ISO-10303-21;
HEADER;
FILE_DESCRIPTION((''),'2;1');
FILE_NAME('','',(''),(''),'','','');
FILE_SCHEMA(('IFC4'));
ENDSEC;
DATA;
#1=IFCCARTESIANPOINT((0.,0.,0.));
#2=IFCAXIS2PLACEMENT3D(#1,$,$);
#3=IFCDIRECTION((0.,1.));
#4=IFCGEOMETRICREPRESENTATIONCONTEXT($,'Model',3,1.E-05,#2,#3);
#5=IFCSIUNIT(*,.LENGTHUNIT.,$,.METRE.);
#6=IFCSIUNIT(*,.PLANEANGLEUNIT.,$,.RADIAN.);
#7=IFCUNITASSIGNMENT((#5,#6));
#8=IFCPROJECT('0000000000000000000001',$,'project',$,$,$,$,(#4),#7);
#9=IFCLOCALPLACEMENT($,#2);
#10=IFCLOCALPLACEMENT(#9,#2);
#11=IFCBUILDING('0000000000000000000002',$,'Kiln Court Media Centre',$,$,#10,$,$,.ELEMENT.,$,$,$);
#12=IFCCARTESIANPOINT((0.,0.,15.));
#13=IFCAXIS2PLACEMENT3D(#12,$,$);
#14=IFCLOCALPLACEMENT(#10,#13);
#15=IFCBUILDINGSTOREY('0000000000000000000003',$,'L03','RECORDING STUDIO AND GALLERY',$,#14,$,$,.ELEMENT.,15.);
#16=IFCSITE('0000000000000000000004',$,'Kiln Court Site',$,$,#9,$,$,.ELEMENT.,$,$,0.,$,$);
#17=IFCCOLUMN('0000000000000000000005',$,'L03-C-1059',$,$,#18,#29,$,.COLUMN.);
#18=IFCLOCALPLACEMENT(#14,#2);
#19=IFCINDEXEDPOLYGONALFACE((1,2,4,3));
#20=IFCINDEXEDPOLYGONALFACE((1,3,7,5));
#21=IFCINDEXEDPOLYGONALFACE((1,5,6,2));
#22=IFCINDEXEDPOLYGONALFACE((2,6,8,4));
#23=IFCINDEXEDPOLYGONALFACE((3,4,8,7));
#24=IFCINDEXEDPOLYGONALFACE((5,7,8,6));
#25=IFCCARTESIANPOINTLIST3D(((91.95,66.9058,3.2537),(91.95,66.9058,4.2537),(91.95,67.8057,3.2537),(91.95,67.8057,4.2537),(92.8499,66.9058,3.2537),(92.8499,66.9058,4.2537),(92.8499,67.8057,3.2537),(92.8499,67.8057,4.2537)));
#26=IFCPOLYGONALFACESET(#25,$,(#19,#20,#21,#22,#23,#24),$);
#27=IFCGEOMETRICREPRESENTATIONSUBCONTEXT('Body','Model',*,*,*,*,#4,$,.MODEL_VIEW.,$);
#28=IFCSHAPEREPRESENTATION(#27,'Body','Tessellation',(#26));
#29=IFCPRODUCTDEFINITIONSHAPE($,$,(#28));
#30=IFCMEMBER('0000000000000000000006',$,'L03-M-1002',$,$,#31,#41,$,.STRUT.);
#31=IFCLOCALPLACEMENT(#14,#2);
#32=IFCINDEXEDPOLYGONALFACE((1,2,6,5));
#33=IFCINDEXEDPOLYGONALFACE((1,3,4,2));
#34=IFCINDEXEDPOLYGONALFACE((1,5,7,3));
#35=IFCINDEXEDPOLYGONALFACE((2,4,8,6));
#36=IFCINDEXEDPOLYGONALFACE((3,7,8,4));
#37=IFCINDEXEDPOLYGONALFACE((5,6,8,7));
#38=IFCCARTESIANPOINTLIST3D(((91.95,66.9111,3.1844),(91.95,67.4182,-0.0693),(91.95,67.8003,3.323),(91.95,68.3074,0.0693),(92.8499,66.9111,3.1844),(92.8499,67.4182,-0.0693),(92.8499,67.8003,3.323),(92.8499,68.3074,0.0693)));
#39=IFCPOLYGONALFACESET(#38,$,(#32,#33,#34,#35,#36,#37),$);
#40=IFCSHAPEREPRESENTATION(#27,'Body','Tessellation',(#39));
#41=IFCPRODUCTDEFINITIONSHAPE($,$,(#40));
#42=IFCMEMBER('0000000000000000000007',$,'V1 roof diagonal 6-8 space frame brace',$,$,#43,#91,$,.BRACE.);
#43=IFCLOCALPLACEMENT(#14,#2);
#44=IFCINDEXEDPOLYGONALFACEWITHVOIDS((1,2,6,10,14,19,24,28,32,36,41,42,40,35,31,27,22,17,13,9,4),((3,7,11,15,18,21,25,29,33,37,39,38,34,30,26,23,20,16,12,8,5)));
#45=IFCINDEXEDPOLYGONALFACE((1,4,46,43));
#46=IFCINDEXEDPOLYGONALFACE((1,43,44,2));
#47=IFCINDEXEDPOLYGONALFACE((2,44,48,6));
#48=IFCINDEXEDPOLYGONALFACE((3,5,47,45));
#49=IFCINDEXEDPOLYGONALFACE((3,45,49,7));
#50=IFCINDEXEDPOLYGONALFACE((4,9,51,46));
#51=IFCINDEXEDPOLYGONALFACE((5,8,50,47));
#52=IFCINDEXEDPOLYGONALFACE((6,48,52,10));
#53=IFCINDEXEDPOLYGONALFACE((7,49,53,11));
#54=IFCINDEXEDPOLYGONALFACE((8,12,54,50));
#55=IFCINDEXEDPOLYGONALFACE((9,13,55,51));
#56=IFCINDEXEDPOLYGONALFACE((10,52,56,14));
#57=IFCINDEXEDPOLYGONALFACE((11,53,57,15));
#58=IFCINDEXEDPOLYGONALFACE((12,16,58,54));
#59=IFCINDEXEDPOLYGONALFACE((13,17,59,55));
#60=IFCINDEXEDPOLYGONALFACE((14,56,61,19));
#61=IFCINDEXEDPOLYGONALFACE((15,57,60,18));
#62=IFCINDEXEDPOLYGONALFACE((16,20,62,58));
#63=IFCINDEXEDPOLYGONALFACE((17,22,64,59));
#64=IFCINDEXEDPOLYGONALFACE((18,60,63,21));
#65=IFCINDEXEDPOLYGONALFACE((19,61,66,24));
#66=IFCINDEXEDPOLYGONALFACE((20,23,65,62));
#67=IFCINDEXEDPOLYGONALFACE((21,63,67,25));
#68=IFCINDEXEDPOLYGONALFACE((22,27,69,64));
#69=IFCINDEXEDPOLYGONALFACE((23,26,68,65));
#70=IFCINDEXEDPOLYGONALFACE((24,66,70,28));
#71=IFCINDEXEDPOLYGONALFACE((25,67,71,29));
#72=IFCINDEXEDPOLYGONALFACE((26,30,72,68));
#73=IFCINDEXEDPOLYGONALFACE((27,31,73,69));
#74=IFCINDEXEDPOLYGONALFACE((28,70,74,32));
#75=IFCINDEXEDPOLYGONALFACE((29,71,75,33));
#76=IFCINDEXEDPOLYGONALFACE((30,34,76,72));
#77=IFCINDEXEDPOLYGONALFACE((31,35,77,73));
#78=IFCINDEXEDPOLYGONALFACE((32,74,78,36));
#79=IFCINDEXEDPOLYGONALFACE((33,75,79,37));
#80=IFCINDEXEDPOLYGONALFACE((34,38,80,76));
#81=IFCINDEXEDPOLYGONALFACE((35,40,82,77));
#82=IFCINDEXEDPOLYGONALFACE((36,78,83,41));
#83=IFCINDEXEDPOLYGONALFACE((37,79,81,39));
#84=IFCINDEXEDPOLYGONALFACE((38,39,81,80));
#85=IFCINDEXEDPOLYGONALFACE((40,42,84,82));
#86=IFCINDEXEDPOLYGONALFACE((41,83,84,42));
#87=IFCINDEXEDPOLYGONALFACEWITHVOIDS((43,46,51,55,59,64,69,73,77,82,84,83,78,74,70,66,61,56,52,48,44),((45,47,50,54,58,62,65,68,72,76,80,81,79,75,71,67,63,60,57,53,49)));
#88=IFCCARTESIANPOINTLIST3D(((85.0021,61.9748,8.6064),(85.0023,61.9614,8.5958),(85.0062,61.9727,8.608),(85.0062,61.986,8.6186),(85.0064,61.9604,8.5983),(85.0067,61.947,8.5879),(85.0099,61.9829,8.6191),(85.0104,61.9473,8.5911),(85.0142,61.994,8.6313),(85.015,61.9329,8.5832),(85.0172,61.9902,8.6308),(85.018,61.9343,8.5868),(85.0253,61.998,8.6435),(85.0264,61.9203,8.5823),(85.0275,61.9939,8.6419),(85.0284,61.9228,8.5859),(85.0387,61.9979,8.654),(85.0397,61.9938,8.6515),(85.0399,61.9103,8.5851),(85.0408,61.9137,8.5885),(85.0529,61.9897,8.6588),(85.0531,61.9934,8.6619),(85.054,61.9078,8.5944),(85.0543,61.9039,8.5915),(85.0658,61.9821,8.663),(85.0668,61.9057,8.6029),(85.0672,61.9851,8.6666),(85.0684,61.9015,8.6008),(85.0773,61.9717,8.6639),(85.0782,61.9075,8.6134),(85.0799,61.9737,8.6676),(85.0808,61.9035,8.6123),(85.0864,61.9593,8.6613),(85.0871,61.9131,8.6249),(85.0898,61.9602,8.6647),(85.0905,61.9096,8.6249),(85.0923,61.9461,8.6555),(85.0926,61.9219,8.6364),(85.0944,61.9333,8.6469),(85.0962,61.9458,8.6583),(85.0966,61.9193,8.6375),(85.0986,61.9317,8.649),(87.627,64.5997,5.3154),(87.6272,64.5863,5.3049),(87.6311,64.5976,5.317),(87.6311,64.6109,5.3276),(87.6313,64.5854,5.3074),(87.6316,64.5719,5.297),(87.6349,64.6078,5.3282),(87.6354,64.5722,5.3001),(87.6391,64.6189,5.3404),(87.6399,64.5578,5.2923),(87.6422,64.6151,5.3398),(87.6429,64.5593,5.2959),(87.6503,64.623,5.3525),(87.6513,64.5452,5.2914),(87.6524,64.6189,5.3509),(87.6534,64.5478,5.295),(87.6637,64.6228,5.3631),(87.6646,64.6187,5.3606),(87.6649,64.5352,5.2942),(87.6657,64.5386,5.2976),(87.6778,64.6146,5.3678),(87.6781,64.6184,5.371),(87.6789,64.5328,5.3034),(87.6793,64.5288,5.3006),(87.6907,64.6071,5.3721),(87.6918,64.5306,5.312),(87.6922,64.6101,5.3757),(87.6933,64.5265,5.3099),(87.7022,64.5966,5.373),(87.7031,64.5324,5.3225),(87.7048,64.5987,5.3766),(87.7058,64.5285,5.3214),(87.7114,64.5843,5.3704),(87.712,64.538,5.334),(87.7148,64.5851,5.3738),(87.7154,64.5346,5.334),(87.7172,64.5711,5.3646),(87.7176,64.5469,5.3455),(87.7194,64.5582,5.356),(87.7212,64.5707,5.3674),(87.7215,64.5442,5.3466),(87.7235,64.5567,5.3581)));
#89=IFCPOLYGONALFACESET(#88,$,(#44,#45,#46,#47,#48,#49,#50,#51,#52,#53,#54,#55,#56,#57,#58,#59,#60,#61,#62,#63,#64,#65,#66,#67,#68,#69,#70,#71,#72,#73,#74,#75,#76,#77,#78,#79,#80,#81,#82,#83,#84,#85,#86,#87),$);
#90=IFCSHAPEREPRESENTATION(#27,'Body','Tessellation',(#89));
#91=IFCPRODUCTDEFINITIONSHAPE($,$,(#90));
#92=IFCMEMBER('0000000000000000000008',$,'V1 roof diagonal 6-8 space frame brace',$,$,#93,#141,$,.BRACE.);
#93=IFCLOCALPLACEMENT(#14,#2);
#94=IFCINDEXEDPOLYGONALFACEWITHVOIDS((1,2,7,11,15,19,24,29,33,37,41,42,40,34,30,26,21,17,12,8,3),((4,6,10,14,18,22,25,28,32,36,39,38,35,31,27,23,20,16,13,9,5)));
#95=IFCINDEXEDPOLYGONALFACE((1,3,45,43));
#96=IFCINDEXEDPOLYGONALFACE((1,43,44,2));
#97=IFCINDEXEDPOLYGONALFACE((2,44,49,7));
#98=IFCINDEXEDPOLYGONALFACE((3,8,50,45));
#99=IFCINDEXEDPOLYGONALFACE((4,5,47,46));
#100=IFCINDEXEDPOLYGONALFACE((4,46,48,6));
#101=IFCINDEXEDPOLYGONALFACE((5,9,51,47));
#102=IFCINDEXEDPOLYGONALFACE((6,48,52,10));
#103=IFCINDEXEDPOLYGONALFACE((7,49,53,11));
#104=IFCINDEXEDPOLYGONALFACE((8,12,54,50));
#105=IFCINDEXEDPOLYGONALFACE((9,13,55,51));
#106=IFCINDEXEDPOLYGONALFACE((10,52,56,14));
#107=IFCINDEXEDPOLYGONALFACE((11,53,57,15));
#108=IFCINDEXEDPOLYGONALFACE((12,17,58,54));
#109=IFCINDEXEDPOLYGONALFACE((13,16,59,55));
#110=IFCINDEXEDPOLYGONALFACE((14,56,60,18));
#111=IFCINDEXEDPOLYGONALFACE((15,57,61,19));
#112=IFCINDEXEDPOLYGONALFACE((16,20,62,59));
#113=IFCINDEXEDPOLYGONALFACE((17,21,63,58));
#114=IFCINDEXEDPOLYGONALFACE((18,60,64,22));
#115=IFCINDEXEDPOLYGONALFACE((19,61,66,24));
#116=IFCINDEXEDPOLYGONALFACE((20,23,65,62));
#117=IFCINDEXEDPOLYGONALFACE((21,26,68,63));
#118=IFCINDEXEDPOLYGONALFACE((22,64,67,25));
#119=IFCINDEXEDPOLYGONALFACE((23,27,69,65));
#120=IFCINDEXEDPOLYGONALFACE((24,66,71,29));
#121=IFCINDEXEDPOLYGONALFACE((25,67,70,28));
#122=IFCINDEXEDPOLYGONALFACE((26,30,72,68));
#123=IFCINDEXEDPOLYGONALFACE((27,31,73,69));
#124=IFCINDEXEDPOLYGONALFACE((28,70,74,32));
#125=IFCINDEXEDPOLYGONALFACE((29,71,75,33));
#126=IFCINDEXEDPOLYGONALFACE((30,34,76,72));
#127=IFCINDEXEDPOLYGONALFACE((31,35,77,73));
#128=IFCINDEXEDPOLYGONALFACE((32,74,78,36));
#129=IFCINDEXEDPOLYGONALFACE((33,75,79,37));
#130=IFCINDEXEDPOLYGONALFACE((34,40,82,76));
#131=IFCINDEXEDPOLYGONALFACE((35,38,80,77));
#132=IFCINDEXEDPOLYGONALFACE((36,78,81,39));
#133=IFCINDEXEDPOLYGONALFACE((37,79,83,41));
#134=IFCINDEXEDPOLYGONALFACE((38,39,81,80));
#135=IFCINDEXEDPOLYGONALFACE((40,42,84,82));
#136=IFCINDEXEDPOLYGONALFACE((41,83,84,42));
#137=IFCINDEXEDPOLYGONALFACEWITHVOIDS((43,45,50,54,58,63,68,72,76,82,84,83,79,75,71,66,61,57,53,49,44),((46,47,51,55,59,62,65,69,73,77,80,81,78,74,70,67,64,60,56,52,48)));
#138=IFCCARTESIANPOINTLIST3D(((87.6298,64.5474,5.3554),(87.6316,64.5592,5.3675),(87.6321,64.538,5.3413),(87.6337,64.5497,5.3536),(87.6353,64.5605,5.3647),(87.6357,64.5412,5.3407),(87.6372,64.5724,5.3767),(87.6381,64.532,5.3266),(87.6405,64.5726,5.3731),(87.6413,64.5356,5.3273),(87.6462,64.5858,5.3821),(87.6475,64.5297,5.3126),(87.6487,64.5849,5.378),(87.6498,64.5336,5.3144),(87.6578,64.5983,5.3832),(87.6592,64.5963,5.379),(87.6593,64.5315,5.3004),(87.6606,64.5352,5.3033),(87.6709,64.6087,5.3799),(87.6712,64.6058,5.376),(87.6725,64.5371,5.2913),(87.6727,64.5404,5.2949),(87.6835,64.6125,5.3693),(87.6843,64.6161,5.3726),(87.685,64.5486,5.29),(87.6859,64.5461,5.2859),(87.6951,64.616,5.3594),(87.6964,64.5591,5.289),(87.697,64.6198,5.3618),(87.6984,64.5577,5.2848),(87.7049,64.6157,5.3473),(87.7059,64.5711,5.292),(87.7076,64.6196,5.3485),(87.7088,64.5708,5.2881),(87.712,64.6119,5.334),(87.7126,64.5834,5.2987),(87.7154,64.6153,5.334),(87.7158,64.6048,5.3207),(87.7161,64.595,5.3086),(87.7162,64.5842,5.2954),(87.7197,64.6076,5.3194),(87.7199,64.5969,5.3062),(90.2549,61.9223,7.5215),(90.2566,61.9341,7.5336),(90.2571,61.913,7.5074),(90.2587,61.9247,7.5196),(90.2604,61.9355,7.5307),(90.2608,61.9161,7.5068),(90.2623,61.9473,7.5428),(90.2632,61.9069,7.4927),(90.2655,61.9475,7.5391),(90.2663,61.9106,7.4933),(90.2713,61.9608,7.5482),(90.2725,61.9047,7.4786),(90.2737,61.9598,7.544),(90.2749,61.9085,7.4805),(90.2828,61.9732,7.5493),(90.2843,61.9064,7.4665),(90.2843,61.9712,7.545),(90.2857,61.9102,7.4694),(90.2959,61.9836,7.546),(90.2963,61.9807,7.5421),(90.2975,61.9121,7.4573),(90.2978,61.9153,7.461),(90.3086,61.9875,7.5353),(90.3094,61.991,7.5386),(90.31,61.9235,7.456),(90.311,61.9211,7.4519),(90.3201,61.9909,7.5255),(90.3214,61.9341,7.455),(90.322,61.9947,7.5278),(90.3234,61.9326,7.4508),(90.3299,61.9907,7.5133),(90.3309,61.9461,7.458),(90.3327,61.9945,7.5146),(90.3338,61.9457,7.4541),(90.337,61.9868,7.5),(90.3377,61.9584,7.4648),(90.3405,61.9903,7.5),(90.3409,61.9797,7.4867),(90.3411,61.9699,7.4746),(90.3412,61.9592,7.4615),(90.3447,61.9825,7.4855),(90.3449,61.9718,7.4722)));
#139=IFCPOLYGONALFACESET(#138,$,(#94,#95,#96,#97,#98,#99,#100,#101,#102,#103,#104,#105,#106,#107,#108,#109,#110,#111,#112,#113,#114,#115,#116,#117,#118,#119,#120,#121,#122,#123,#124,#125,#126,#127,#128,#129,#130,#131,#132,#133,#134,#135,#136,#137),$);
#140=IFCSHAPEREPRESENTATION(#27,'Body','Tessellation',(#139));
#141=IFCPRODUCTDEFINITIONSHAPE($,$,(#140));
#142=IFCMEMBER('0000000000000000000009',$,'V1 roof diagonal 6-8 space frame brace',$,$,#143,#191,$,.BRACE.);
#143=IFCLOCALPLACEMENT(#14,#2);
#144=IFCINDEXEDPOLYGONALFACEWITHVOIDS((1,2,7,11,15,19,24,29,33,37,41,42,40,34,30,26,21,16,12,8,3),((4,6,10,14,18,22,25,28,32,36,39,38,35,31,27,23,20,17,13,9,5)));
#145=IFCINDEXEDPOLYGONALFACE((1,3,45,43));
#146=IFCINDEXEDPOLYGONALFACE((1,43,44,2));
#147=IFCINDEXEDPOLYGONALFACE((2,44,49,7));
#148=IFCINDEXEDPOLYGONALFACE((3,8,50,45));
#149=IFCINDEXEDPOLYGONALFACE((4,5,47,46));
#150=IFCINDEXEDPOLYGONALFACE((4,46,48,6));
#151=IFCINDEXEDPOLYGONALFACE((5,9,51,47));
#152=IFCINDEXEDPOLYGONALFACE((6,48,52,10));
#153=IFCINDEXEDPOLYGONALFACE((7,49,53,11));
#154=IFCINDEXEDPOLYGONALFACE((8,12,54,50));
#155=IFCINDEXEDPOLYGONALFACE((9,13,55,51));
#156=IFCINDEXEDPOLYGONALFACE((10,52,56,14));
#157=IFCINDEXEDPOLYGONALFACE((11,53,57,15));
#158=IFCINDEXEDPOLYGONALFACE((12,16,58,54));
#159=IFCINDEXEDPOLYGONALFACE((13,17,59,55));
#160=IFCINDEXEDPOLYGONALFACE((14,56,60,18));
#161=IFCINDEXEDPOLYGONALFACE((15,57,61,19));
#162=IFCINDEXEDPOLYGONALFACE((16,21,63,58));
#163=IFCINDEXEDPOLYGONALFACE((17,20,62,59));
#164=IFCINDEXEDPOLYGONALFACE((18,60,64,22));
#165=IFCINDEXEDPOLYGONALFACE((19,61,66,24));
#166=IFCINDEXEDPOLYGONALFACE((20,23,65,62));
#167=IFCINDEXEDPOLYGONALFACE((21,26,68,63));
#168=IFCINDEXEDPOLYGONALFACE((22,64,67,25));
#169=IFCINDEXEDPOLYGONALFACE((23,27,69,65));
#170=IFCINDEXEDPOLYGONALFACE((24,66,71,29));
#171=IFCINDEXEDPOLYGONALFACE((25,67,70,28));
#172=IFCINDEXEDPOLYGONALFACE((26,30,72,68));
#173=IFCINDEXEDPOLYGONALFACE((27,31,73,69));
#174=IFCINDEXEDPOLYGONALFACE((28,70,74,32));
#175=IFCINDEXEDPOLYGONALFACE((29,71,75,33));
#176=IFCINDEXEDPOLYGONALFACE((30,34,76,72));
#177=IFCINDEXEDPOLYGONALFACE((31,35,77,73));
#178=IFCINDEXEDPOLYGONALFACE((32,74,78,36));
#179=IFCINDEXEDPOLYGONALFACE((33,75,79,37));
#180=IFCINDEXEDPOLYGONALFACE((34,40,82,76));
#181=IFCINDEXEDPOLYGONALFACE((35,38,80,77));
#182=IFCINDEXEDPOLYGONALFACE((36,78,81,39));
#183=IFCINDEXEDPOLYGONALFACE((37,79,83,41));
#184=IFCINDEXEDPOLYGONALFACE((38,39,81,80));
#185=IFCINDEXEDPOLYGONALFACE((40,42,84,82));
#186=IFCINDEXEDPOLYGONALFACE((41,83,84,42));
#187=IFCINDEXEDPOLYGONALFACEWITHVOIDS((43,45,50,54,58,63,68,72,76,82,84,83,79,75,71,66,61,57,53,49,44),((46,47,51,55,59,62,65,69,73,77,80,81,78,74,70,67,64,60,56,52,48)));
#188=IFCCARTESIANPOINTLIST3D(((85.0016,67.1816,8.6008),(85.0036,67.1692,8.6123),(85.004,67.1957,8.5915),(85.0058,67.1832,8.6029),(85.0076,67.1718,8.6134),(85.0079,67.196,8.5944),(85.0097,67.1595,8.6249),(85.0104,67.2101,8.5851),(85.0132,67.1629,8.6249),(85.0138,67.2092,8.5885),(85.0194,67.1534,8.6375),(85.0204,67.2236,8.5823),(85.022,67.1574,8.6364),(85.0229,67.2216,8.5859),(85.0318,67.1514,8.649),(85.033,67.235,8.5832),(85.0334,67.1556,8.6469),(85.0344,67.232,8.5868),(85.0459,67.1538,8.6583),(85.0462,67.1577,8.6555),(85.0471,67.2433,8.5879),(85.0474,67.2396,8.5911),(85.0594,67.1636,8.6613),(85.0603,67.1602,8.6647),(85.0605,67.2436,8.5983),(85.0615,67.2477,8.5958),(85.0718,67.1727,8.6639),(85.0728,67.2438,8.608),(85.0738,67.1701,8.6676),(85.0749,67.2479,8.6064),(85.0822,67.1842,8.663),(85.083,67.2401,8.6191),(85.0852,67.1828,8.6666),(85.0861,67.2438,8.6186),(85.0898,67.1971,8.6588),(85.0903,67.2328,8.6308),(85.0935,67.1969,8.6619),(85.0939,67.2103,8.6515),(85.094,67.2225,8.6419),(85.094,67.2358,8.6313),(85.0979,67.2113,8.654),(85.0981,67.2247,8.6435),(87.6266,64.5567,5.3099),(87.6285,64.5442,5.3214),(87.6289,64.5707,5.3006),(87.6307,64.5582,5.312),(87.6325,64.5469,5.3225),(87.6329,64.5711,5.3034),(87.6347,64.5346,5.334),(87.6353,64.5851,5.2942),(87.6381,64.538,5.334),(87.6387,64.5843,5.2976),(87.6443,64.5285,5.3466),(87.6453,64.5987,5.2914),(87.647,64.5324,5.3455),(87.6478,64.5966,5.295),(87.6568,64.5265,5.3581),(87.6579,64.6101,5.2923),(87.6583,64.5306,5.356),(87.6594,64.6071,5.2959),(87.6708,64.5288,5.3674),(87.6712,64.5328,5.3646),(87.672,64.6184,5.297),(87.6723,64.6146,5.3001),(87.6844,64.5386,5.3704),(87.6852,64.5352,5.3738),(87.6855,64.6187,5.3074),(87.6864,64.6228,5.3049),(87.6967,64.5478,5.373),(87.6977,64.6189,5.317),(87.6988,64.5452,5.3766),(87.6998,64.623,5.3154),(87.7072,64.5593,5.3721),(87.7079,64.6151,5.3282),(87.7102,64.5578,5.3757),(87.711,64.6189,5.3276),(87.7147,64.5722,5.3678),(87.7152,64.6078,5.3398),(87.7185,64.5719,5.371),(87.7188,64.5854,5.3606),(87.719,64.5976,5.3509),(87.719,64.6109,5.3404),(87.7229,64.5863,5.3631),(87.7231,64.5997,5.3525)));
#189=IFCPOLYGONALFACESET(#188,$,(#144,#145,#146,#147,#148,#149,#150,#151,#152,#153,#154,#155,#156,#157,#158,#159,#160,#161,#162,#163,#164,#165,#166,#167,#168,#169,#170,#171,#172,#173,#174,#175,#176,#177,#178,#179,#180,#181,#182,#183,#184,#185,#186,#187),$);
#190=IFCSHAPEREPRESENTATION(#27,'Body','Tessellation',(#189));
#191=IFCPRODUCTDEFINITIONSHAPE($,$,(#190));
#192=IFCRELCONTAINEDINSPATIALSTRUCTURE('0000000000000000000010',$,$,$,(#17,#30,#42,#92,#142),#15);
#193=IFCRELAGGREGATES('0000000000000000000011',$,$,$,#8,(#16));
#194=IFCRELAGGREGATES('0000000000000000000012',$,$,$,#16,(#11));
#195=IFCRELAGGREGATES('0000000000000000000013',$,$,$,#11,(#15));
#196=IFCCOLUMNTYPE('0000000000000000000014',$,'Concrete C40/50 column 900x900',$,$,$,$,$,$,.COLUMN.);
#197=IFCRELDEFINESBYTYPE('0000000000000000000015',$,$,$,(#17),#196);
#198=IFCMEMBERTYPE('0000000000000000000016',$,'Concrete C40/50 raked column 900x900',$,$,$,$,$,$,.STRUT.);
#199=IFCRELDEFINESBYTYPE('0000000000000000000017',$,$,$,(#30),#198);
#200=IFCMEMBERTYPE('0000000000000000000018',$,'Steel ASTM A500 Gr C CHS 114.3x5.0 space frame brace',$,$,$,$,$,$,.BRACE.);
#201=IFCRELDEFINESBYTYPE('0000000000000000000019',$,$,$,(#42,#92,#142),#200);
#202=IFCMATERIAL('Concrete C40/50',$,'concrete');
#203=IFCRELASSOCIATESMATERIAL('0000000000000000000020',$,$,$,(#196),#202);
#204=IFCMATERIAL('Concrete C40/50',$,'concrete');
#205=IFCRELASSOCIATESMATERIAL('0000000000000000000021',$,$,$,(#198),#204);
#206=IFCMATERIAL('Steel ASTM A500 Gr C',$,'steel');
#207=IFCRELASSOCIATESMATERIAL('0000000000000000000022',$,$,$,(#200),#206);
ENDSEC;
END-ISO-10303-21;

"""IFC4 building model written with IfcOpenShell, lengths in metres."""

from ifc_helpers import new_model, si_unit, direction, frame, origin, origin_2d, place, context, subcontext, project, spatial, rectangle, hollow_circle, extrude, material, material_profile, profile_set, type_object, element, save


model = new_model("IFC4")

# Units and contexts
model_context = context("Model", 3, precision=1e-05, world=origin(), true_north=direction((0.0, 1.0)))
body_context = subcontext(model_context, "Body", "Model", "MODEL_VIEW")
ifc_project = project(units=[si_unit("LENGTHUNIT", "METRE"), si_unit("PLANEANGLEUNIT", "RADIAN")], contexts=[model_context])

# Site, building, storey
site_placement = place(None, origin())
site = spatial("IfcSite", under=ifc_project, at=site_placement, Name="Kiln Court Site", CompositionType="ELEMENT", RefElevation=0.0)
building_placement = place(site_placement, origin())
building = spatial("IfcBuilding", under=site, at=building_placement, Name="Kiln Court Media Centre", CompositionType="ELEMENT")
storey_placement = place(building_placement, frame((0.0, 0.0, 15.0)))
storey = spatial("IfcBuildingStorey", under=building, at=storey_placement, Name="L03", Description="RECORDING STUDIO AND GALLERY", CompositionType="ELEMENT", Elevation=15.0)

# Column
ifc_material_1 = material(Name="Concrete C40/50", Category="concrete")
ifc_material_profile_1 = material_profile(ifc_material_1, rectangle(XDim=0.8999, YDim=0.8999, at=origin_2d()), Name="RC 900x900")
ifc_profile_set_1 = profile_set([ifc_material_profile_1], Name="Concrete C40/50")
column_type = type_object("IfcColumnType", Name="Concrete C40/50 column 900x900", PredefinedType="COLUMN", material=ifc_profile_set_1)
column_placement = place(storey_placement, frame((92.3999, 67.3557, 3.2537), z_axis=(0.0, 0.0, 1.0), x_axis=(1.0, 0.0, 0.0)))
element("IfcColumn", 1, at=column_placement, inside=storey, type_object=column_type, Name="L03-C-1059", PredefinedType="COLUMN", context=body_context, shape_type="SweptSolid", body=[
    extrude(rectangle(XDim=0.8999, YDim=0.8999, at=origin_2d()), origin(), (0.0, 0.0, 1.0), 1.0),
])

# Members
ifc_material_2 = material(Name="Concrete C40/50", Category="concrete")
ifc_material_profile_2 = material_profile(ifc_material_2, rectangle(XDim=0.8999, YDim=0.8999, at=origin_2d()), Name="RC 900x900")
ifc_profile_set_2 = profile_set([ifc_material_profile_2], Name="Concrete C40/50")
member_type_1 = type_object("IfcMemberType", Name="Concrete C40/50 raked column 900x900", PredefinedType="STRUT", material=ifc_profile_set_2)
member_1_placement = place(storey_placement, frame((92.3999, 67.8628, 0.0), z_axis=(0.0, -0.15399, 0.988072), x_axis=(1.0, 0.0, 0.0)))
element("IfcMember", 2, at=member_1_placement, inside=storey, type_object=member_type_1, Name="L03-M-1002", PredefinedType="STRUT", context=body_context, shape_type="SweptSolid", body=[
    extrude(rectangle(XDim=0.8999, YDim=0.8999, at=origin_2d()), origin(), (0.0, 0.0, 1.0), 3.293),
])
ifc_material_3 = material(Name="Steel ASTM A500 Gr C", Category="steel")
ifc_material_profile_3 = material_profile(ifc_material_3, hollow_circle(Radius=0.0571, WallThickness=0.0049, at=origin_2d()), Name="CHS 114.3x5.0")
ifc_profile_set_3 = profile_set([ifc_material_profile_3], Name="Steel ASTM A500 Gr C")
member_type_2 = type_object("IfcMemberType", Name="Steel ASTM A500 Gr C CHS 114.3x5.0 space frame brace", PredefinedType="BRACE", material=ifc_profile_set_3)
member_2_placement = place(storey_placement, frame((87.675, 64.575, 5.334), z_axis=(-0.529122, -0.529122, 0.663371), x_axis=(0.707107, -0.707107, 0.0)))
element("IfcMember", 3, at=member_2_placement, inside=storey, type_object=member_type_2, Name="V1 roof diagonal 6-8 space frame brace", PredefinedType="BRACE", context=body_context, shape_type="SweptSolid", body=[
    extrude(hollow_circle(Radius=0.0571, WallThickness=0.0049, at=origin_2d()), origin(), (0.0, 0.0, 1.0), 4.9609),
])
member_3_placement = place(storey_placement, frame((87.675, 64.575, 5.334), z_axis=(0.610748, -0.610748, 0.503958), x_axis=(0.707107, 0.707107, 0.0)))
element("IfcMember", 4, at=member_3_placement, inside=storey, type_object=member_type_2, Name="V1 roof diagonal 6-8 space frame brace", PredefinedType="BRACE", context=body_context, shape_type="SweptSolid", body=[
    extrude(hollow_circle(Radius=0.0571, WallThickness=0.0049, at=origin_2d()), origin(), (0.0, 0.0, 1.0), 4.2981),
])
member_4_placement = place(storey_placement, frame((87.675, 64.575, 5.334), z_axis=(-0.529122, 0.529122, 0.663371), x_axis=(-0.707107, -0.707107, 0.0)))
element("IfcMember", 5, at=member_4_placement, inside=storey, type_object=member_type_2, Name="V1 roof diagonal 6-8 space frame brace", PredefinedType="BRACE", context=body_context, shape_type="SweptSolid", body=[
    extrude(hollow_circle(Radius=0.0571, WallThickness=0.0049, at=origin_2d()), origin(), (0.0, 0.0, 1.0), 4.9609),
])

save(model, "model.ifc")
